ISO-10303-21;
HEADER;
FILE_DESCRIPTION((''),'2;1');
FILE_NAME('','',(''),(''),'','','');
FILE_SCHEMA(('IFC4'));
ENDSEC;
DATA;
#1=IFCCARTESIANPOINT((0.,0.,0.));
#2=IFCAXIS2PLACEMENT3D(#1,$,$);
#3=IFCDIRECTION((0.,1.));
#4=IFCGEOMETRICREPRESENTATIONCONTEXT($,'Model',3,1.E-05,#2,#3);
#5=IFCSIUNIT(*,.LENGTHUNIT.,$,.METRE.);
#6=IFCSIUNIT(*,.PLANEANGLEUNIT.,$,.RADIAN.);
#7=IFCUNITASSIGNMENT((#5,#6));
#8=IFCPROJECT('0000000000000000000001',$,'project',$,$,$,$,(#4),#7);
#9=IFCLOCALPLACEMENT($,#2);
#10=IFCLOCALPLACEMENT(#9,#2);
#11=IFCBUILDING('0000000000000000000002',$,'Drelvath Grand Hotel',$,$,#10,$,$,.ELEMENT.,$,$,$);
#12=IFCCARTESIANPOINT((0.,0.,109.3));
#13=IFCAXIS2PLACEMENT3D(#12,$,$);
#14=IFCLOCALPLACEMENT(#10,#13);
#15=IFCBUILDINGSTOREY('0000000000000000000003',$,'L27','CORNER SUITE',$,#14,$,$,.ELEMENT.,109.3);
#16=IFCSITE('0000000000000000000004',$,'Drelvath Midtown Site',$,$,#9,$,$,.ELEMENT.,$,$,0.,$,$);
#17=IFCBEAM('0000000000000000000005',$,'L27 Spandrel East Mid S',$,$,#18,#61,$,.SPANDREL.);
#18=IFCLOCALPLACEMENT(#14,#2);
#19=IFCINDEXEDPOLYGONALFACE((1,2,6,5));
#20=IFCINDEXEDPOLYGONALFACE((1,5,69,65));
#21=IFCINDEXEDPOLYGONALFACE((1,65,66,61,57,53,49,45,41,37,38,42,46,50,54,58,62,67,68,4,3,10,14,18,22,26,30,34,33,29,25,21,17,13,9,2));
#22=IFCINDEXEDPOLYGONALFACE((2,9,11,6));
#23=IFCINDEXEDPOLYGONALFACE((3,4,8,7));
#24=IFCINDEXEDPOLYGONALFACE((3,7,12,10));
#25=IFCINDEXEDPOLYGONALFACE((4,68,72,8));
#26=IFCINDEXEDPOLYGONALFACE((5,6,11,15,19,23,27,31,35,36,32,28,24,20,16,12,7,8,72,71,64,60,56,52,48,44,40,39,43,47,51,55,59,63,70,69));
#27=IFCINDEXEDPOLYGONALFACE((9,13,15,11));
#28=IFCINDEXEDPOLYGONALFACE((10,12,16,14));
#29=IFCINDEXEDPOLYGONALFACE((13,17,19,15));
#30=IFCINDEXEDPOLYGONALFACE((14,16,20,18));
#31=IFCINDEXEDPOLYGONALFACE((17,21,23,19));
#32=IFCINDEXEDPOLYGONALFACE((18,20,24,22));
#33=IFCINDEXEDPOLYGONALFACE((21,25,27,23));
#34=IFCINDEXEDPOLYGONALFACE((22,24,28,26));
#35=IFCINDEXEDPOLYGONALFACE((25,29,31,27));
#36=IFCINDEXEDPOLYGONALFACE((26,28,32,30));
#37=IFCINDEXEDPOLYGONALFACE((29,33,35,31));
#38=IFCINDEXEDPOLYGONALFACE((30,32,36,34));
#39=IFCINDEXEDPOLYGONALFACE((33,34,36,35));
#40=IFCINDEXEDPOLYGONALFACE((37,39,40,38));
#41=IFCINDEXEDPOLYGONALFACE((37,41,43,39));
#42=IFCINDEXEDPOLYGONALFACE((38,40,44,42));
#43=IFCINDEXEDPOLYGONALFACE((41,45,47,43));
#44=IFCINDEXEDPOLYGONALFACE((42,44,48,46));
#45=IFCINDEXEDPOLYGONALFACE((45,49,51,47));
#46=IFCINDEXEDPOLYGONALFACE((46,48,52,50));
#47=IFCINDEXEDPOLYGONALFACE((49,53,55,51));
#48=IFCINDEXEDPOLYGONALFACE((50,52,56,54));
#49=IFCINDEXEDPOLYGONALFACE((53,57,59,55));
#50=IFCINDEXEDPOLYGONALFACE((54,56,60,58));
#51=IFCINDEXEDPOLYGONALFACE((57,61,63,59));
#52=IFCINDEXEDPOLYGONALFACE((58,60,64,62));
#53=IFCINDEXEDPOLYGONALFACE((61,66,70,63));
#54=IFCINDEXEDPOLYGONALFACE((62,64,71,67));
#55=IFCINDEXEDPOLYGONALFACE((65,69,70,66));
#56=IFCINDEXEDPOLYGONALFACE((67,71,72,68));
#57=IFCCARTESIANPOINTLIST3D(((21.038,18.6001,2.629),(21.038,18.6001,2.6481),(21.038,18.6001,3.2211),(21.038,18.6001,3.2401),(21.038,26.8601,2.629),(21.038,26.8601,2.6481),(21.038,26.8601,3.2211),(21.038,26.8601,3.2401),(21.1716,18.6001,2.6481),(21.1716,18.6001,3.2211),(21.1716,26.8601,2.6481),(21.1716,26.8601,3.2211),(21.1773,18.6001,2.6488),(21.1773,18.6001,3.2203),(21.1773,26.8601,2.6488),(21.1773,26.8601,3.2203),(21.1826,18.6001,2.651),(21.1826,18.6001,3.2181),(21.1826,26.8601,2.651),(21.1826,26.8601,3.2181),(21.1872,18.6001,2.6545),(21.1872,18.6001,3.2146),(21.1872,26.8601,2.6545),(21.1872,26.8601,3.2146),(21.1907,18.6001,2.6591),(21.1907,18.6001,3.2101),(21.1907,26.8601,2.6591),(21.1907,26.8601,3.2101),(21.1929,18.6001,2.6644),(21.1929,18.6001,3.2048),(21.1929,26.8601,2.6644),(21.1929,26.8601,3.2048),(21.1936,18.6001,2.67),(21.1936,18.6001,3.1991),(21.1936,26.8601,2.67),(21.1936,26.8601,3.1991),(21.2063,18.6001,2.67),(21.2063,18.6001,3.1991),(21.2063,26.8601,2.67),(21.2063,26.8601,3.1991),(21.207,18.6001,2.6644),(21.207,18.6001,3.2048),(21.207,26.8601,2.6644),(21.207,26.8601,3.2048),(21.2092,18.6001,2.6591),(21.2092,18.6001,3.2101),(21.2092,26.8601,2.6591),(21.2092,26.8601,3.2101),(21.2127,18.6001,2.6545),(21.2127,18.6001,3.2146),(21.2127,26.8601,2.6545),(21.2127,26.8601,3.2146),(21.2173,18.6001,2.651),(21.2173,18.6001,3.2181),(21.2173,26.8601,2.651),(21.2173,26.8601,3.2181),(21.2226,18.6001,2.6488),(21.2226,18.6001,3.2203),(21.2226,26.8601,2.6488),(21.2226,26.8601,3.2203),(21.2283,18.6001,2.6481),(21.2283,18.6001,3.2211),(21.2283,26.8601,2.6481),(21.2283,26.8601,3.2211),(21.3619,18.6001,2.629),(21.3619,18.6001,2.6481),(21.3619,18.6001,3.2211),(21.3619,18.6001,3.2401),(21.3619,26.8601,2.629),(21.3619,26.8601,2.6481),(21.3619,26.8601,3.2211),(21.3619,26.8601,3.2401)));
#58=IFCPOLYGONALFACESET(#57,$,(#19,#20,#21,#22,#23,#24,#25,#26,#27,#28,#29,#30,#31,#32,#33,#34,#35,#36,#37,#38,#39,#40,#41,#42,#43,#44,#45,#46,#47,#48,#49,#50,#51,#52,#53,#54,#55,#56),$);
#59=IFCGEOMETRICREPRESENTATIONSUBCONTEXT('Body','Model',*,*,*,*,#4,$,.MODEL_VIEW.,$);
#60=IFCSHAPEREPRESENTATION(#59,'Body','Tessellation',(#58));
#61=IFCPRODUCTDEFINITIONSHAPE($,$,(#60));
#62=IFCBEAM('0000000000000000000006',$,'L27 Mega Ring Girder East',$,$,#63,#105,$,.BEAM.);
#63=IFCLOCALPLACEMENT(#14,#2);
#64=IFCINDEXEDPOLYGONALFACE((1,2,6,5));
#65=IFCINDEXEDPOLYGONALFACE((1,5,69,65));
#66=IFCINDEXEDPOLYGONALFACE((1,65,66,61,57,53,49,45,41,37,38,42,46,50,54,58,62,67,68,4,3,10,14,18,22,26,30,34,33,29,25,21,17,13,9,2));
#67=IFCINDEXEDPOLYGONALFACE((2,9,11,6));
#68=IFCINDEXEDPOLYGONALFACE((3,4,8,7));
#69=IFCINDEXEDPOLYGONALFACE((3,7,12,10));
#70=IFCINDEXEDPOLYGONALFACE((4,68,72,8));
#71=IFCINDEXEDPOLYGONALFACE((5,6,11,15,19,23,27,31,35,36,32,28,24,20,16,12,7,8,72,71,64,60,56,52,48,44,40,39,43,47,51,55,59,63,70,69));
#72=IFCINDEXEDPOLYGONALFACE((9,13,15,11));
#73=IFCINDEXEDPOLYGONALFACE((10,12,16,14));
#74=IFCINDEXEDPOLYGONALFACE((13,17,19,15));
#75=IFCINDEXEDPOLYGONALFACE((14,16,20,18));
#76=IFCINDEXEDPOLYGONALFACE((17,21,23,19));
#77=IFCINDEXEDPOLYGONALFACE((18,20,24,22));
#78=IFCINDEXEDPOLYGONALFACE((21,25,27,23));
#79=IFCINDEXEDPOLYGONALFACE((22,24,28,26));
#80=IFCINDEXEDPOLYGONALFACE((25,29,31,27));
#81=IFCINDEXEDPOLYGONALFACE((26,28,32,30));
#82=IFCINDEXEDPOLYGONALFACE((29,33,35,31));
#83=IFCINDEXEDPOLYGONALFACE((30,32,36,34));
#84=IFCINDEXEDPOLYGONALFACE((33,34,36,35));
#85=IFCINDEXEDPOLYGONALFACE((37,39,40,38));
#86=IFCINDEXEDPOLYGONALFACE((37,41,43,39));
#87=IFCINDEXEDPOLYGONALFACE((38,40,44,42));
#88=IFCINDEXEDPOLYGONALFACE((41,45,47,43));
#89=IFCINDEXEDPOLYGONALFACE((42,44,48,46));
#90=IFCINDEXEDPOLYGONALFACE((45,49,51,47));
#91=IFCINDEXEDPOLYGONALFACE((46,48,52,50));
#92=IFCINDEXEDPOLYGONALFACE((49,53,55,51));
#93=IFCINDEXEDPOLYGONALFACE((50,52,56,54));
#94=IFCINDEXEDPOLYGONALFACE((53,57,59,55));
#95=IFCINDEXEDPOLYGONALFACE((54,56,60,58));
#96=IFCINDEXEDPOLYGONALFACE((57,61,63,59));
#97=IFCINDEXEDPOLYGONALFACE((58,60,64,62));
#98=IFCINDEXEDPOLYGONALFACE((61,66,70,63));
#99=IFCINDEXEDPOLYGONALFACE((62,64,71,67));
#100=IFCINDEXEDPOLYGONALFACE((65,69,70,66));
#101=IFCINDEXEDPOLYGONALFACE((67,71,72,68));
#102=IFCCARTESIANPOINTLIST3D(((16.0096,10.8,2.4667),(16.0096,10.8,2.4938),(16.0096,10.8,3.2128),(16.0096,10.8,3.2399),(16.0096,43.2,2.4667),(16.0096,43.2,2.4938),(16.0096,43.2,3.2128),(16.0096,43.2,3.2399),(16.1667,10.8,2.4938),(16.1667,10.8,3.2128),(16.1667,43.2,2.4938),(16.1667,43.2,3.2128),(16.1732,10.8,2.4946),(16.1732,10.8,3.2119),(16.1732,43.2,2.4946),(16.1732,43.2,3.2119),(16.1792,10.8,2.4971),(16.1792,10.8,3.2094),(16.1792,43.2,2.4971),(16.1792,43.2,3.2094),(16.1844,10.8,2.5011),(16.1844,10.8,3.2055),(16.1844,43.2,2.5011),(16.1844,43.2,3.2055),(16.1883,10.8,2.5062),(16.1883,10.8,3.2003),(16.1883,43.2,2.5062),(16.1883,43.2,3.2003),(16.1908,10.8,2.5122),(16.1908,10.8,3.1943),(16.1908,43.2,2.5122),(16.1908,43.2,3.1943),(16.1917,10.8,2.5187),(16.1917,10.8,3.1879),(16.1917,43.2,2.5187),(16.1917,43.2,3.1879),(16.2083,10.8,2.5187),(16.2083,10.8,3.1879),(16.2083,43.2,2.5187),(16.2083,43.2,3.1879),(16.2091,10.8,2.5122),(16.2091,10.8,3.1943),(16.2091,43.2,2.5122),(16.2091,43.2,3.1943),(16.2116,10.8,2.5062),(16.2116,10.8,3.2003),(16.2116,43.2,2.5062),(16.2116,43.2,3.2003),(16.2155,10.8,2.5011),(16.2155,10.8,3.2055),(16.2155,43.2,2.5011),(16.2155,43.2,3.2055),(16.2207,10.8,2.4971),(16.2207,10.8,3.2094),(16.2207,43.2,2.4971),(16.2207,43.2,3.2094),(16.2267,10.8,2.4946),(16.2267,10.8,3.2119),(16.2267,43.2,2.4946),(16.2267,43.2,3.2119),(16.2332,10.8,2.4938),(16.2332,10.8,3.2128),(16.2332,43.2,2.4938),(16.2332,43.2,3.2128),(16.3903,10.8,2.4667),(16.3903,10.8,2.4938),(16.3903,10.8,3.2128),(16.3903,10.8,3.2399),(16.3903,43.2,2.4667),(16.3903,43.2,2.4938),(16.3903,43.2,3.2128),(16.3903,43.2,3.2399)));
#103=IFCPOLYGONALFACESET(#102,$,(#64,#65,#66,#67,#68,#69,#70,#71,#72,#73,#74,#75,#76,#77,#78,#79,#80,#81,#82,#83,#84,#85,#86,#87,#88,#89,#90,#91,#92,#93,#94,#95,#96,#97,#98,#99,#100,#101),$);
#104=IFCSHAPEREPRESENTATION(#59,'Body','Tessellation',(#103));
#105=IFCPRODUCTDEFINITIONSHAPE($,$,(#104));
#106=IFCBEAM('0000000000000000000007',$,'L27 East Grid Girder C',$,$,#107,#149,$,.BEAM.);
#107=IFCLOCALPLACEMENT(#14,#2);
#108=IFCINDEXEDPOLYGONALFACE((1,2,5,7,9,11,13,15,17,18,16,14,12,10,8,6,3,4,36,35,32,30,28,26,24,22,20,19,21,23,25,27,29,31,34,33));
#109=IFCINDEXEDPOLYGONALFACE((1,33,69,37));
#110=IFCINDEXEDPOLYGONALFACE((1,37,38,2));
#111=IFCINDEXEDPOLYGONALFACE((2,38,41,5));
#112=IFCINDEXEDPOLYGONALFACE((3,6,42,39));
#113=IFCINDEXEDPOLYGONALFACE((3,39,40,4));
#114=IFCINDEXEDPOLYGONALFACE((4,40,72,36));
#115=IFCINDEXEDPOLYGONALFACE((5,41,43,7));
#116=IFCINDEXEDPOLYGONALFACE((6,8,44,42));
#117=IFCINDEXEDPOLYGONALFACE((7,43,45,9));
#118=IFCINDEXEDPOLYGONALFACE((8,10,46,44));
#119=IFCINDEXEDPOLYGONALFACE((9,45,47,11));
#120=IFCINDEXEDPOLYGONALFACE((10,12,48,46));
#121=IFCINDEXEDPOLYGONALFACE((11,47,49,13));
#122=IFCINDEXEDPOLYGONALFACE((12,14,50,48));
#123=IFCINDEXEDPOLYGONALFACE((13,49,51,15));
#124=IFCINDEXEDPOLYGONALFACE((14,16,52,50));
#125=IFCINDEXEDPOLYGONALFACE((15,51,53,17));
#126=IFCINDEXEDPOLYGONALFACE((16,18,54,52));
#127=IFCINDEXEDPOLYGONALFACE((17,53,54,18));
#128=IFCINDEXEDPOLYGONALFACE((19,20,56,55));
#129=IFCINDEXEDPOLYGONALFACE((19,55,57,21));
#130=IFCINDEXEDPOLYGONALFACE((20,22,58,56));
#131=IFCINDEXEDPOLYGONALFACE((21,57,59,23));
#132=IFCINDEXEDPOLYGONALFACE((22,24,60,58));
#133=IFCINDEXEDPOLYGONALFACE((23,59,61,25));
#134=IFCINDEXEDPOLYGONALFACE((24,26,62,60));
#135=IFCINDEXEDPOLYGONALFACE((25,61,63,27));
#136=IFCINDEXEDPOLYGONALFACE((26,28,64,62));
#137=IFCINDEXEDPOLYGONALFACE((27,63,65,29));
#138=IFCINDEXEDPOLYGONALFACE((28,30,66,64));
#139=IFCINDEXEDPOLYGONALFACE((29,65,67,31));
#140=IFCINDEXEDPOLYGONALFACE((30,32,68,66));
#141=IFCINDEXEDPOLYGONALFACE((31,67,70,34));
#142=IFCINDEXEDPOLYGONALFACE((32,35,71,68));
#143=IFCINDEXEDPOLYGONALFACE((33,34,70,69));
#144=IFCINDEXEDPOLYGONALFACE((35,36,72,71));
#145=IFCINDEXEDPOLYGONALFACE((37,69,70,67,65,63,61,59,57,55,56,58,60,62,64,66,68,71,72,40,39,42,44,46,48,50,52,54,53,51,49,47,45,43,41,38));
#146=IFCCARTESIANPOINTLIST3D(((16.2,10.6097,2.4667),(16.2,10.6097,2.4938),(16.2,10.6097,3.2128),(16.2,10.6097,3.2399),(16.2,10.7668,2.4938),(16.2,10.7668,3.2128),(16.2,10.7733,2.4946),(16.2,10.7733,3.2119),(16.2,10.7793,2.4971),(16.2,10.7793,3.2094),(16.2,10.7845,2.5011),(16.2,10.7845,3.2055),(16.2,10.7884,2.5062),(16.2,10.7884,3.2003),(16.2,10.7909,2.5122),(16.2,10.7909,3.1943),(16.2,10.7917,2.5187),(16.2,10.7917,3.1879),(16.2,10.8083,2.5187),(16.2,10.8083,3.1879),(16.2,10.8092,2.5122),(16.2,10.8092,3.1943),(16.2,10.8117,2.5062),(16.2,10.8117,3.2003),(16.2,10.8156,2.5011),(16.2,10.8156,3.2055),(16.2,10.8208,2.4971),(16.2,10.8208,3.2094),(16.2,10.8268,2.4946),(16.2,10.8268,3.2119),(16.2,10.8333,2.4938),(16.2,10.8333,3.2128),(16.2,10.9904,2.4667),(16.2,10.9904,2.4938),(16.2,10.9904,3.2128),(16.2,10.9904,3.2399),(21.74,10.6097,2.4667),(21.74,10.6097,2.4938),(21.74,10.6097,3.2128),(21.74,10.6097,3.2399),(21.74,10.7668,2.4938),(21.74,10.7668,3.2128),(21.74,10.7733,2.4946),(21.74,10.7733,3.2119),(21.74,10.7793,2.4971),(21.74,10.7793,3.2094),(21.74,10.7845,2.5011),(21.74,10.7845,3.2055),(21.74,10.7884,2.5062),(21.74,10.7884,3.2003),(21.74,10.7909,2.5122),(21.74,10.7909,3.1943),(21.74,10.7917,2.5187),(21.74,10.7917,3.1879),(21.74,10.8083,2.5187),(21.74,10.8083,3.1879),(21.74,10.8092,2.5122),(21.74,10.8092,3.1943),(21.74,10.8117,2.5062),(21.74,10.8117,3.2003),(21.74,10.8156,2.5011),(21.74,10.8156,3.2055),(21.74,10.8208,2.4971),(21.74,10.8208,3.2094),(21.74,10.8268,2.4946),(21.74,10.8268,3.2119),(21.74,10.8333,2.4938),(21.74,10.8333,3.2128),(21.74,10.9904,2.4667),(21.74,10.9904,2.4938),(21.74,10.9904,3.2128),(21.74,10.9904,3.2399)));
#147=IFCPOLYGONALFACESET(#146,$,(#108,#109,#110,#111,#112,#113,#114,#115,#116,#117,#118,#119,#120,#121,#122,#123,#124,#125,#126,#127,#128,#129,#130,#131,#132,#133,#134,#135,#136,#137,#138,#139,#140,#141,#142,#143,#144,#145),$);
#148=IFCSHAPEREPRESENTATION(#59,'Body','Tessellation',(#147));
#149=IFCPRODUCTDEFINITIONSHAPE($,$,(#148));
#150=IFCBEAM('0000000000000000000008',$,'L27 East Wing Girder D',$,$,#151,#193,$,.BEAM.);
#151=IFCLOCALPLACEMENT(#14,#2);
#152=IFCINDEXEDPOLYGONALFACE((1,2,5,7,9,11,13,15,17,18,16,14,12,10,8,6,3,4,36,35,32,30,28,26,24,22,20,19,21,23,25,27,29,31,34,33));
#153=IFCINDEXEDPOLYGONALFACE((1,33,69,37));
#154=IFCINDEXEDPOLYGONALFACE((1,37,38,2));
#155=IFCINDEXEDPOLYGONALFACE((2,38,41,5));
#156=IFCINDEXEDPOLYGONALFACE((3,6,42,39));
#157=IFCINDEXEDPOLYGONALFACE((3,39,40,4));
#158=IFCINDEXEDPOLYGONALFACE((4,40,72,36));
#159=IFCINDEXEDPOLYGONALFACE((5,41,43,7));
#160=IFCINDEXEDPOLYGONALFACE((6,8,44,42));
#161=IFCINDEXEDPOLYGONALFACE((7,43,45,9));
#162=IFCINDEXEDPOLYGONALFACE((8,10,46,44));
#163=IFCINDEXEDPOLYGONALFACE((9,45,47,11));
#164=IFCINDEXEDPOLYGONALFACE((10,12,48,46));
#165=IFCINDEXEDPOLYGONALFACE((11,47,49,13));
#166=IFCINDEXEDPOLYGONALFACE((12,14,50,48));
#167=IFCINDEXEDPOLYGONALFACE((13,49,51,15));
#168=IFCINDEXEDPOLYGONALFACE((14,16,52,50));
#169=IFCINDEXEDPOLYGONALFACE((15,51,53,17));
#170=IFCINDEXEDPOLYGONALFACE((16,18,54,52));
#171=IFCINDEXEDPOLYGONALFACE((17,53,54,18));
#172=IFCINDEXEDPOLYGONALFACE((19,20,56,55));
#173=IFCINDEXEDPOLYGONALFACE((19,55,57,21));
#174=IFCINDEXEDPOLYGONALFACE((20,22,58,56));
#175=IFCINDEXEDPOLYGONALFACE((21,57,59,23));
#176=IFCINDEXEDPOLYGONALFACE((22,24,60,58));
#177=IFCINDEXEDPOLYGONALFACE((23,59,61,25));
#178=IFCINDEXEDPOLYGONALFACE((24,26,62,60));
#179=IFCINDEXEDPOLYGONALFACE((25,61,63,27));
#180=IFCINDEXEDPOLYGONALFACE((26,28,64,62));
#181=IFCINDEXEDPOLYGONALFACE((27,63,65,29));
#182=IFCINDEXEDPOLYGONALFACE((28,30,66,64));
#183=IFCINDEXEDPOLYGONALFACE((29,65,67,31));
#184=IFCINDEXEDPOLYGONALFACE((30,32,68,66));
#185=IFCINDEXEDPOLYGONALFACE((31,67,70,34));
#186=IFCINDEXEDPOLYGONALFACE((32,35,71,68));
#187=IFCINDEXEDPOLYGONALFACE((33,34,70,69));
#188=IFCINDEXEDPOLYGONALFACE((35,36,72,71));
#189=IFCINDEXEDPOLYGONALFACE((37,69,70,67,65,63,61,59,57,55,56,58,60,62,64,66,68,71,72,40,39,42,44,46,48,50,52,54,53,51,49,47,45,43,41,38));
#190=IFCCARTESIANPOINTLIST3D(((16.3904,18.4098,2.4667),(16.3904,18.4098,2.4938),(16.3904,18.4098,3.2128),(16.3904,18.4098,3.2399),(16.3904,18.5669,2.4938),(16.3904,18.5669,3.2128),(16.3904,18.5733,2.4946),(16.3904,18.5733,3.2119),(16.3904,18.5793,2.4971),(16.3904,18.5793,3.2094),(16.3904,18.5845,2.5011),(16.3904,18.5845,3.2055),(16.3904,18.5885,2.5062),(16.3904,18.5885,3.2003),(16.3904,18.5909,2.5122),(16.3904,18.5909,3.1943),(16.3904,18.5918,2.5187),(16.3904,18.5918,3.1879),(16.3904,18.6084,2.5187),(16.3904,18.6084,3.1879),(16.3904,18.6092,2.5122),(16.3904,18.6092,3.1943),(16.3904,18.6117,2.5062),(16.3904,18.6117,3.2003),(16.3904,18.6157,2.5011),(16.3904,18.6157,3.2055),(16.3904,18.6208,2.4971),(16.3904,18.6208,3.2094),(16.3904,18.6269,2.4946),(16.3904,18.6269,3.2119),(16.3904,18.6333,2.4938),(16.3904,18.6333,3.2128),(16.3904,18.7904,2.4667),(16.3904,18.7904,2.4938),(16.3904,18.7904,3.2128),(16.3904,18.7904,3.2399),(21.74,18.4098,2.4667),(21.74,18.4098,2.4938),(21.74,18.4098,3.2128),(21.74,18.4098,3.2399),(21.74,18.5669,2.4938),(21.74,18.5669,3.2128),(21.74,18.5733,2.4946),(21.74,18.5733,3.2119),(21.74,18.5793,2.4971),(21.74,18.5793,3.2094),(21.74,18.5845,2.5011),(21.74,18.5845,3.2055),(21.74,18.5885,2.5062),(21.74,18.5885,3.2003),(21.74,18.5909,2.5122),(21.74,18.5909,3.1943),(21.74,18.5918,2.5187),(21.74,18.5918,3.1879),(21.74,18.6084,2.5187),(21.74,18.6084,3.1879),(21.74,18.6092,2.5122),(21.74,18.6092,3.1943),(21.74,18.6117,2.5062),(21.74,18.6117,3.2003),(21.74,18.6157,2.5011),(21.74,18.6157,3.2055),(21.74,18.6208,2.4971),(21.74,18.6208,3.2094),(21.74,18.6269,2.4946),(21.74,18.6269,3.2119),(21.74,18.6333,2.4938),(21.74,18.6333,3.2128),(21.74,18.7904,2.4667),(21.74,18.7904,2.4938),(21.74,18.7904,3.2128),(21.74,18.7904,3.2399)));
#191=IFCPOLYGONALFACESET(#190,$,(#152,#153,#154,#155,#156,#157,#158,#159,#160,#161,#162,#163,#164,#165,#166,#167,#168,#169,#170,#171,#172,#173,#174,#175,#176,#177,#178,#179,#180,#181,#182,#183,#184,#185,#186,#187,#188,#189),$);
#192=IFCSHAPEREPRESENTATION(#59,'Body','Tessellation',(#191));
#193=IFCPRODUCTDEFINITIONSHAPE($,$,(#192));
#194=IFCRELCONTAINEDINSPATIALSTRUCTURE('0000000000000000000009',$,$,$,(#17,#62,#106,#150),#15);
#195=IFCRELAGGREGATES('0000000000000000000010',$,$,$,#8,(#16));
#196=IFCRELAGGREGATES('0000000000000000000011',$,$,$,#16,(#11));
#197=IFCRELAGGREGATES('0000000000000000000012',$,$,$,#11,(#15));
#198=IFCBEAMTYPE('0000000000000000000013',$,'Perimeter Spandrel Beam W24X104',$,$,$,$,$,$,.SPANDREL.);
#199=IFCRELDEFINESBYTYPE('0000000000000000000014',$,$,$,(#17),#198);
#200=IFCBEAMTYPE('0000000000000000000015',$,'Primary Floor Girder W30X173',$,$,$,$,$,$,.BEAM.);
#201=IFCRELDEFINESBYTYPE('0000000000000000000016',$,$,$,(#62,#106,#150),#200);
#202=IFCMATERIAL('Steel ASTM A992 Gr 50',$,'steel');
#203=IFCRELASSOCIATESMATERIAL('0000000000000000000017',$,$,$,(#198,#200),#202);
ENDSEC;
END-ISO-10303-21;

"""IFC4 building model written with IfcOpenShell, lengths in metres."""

from ifc_helpers import new_model, si_unit, direction, frame, origin, origin_2d, place, context, subcontext, project, spatial, i_section, extrude, material, material_profile, profile_set, type_object, element, save


model = new_model("IFC4")

# Units and contexts
model_context = context("Model", 3, precision=1e-05, world=origin(), true_north=direction((0.0, 1.0)))
body_context = subcontext(model_context, "Body", "Model", "MODEL_VIEW")
ifc_project = project(units=[si_unit("LENGTHUNIT", "METRE"), si_unit("PLANEANGLEUNIT", "RADIAN")], contexts=[model_context])

# Site, building, storey
site_placement = place(None, origin())
site = spatial("IfcSite", under=ifc_project, at=site_placement, Name="Drelvath Midtown Site", CompositionType="ELEMENT", RefElevation=0.0)
building_placement = place(site_placement, origin())
building = spatial("IfcBuilding", under=site, at=building_placement, Name="Drelvath Grand Hotel", CompositionType="ELEMENT")
storey_placement = place(building_placement, frame((0.0, 0.0, 109.3)))
storey = spatial("IfcBuildingStorey", under=building, at=storey_placement, Name="L27", Description="CORNER SUITE", CompositionType="ELEMENT", Elevation=109.3)

# Shared definitions
ifc_material_1 = material(Name="Steel ASTM A992 Gr 50", Category="steel")

# Beams
ifc_material_profile_1 = material_profile(ifc_material_1, i_section(OverallWidth=0.324, OverallDepth=0.6111, WebThickness=0.0127, FlangeThickness=0.019, FilletRadius=0.022, at=origin_2d()), Name="W24X104")
ifc_profile_set_1 = profile_set([ifc_material_profile_1], Name="Steel ASTM A992 Gr 50")
beam_type_1 = type_object("IfcBeamType", Name="Perimeter Spandrel Beam W24X104", PredefinedType="SPANDREL", material=ifc_profile_set_1)
beam_1_placement = place(storey_placement, frame((21.2, 18.6001, 2.9346), z_axis=(0.0, 1.0, 0.0), x_axis=(-1.0, 0.0, 0.0)))
element("IfcBeam", 1, at=beam_1_placement, inside=storey, type_object=beam_type_1, Name="L27 Spandrel East Mid S", PredefinedType="SPANDREL", context=body_context, shape_type="SweptSolid", body=[
    extrude(i_section(OverallWidth=0.324, OverallDepth=0.6111, WebThickness=0.0127, FlangeThickness=0.019, FilletRadius=0.022, at=origin_2d()), origin(), (0.0, 0.0, 1.0), 8.26),
])
ifc_material_profile_2 = material_profile(ifc_material_1, i_section(OverallWidth=0.3806, OverallDepth=0.7732, WebThickness=0.0166, FlangeThickness=0.0271, FilletRadius=0.0249, at=origin_2d()), Name="W30X173")
ifc_profile_set_2 = profile_set([ifc_material_profile_2], Name="Steel ASTM A992 Gr 50")
beam_type_2 = type_object("IfcBeamType", Name="Primary Floor Girder W30X173", PredefinedType="BEAM", material=ifc_profile_set_2)
beam_2_placement = place(storey_placement, frame((16.2, 10.8, 2.8533), z_axis=(0.0, 1.0, 0.0), x_axis=(-1.0, 0.0, 0.0)))
element("IfcBeam", 2, at=beam_2_placement, inside=storey, type_object=beam_type_2, Name="L27 Mega Ring Girder East", PredefinedType="BEAM", context=body_context, shape_type="SweptSolid", body=[
    extrude(i_section(OverallWidth=0.3806, OverallDepth=0.7732, WebThickness=0.0166, FlangeThickness=0.0271, FilletRadius=0.0249, at=origin_2d()), origin(), (0.0, 0.0, 1.0), 32.3999),
])
beam_3_placement = place(storey_placement, frame((16.2, 10.8, 2.8533), z_axis=(1.0, 0.0, 0.0), x_axis=(0.0, 1.0, 0.0)))
element("IfcBeam", 3, at=beam_3_placement, inside=storey, type_object=beam_type_2, Name="L27 East Grid Girder C", PredefinedType="BEAM", context=body_context, shape_type="SweptSolid", body=[
    extrude(i_section(OverallWidth=0.3806, OverallDepth=0.7732, WebThickness=0.0166, FlangeThickness=0.0271, FilletRadius=0.0249, at=origin_2d()), origin(), (0.0, 0.0, 1.0), 5.54),
])
beam_4_placement = place(storey_placement, frame((16.3904, 18.6001, 2.8533), z_axis=(1.0, 0.0, 0.0), x_axis=(0.0, 1.0, 0.0)))
element("IfcBeam", 4, at=beam_4_placement, inside=storey, type_object=beam_type_2, Name="L27 East Wing Girder D", PredefinedType="BEAM", context=body_context, shape_type="SweptSolid", body=[
    extrude(i_section(OverallWidth=0.3806, OverallDepth=0.7732, WebThickness=0.0166, FlangeThickness=0.0271, FilletRadius=0.0249, at=origin_2d()), origin(), (0.0, 0.0, 1.0), 5.3496),
])

save(model, "model.ifc")
